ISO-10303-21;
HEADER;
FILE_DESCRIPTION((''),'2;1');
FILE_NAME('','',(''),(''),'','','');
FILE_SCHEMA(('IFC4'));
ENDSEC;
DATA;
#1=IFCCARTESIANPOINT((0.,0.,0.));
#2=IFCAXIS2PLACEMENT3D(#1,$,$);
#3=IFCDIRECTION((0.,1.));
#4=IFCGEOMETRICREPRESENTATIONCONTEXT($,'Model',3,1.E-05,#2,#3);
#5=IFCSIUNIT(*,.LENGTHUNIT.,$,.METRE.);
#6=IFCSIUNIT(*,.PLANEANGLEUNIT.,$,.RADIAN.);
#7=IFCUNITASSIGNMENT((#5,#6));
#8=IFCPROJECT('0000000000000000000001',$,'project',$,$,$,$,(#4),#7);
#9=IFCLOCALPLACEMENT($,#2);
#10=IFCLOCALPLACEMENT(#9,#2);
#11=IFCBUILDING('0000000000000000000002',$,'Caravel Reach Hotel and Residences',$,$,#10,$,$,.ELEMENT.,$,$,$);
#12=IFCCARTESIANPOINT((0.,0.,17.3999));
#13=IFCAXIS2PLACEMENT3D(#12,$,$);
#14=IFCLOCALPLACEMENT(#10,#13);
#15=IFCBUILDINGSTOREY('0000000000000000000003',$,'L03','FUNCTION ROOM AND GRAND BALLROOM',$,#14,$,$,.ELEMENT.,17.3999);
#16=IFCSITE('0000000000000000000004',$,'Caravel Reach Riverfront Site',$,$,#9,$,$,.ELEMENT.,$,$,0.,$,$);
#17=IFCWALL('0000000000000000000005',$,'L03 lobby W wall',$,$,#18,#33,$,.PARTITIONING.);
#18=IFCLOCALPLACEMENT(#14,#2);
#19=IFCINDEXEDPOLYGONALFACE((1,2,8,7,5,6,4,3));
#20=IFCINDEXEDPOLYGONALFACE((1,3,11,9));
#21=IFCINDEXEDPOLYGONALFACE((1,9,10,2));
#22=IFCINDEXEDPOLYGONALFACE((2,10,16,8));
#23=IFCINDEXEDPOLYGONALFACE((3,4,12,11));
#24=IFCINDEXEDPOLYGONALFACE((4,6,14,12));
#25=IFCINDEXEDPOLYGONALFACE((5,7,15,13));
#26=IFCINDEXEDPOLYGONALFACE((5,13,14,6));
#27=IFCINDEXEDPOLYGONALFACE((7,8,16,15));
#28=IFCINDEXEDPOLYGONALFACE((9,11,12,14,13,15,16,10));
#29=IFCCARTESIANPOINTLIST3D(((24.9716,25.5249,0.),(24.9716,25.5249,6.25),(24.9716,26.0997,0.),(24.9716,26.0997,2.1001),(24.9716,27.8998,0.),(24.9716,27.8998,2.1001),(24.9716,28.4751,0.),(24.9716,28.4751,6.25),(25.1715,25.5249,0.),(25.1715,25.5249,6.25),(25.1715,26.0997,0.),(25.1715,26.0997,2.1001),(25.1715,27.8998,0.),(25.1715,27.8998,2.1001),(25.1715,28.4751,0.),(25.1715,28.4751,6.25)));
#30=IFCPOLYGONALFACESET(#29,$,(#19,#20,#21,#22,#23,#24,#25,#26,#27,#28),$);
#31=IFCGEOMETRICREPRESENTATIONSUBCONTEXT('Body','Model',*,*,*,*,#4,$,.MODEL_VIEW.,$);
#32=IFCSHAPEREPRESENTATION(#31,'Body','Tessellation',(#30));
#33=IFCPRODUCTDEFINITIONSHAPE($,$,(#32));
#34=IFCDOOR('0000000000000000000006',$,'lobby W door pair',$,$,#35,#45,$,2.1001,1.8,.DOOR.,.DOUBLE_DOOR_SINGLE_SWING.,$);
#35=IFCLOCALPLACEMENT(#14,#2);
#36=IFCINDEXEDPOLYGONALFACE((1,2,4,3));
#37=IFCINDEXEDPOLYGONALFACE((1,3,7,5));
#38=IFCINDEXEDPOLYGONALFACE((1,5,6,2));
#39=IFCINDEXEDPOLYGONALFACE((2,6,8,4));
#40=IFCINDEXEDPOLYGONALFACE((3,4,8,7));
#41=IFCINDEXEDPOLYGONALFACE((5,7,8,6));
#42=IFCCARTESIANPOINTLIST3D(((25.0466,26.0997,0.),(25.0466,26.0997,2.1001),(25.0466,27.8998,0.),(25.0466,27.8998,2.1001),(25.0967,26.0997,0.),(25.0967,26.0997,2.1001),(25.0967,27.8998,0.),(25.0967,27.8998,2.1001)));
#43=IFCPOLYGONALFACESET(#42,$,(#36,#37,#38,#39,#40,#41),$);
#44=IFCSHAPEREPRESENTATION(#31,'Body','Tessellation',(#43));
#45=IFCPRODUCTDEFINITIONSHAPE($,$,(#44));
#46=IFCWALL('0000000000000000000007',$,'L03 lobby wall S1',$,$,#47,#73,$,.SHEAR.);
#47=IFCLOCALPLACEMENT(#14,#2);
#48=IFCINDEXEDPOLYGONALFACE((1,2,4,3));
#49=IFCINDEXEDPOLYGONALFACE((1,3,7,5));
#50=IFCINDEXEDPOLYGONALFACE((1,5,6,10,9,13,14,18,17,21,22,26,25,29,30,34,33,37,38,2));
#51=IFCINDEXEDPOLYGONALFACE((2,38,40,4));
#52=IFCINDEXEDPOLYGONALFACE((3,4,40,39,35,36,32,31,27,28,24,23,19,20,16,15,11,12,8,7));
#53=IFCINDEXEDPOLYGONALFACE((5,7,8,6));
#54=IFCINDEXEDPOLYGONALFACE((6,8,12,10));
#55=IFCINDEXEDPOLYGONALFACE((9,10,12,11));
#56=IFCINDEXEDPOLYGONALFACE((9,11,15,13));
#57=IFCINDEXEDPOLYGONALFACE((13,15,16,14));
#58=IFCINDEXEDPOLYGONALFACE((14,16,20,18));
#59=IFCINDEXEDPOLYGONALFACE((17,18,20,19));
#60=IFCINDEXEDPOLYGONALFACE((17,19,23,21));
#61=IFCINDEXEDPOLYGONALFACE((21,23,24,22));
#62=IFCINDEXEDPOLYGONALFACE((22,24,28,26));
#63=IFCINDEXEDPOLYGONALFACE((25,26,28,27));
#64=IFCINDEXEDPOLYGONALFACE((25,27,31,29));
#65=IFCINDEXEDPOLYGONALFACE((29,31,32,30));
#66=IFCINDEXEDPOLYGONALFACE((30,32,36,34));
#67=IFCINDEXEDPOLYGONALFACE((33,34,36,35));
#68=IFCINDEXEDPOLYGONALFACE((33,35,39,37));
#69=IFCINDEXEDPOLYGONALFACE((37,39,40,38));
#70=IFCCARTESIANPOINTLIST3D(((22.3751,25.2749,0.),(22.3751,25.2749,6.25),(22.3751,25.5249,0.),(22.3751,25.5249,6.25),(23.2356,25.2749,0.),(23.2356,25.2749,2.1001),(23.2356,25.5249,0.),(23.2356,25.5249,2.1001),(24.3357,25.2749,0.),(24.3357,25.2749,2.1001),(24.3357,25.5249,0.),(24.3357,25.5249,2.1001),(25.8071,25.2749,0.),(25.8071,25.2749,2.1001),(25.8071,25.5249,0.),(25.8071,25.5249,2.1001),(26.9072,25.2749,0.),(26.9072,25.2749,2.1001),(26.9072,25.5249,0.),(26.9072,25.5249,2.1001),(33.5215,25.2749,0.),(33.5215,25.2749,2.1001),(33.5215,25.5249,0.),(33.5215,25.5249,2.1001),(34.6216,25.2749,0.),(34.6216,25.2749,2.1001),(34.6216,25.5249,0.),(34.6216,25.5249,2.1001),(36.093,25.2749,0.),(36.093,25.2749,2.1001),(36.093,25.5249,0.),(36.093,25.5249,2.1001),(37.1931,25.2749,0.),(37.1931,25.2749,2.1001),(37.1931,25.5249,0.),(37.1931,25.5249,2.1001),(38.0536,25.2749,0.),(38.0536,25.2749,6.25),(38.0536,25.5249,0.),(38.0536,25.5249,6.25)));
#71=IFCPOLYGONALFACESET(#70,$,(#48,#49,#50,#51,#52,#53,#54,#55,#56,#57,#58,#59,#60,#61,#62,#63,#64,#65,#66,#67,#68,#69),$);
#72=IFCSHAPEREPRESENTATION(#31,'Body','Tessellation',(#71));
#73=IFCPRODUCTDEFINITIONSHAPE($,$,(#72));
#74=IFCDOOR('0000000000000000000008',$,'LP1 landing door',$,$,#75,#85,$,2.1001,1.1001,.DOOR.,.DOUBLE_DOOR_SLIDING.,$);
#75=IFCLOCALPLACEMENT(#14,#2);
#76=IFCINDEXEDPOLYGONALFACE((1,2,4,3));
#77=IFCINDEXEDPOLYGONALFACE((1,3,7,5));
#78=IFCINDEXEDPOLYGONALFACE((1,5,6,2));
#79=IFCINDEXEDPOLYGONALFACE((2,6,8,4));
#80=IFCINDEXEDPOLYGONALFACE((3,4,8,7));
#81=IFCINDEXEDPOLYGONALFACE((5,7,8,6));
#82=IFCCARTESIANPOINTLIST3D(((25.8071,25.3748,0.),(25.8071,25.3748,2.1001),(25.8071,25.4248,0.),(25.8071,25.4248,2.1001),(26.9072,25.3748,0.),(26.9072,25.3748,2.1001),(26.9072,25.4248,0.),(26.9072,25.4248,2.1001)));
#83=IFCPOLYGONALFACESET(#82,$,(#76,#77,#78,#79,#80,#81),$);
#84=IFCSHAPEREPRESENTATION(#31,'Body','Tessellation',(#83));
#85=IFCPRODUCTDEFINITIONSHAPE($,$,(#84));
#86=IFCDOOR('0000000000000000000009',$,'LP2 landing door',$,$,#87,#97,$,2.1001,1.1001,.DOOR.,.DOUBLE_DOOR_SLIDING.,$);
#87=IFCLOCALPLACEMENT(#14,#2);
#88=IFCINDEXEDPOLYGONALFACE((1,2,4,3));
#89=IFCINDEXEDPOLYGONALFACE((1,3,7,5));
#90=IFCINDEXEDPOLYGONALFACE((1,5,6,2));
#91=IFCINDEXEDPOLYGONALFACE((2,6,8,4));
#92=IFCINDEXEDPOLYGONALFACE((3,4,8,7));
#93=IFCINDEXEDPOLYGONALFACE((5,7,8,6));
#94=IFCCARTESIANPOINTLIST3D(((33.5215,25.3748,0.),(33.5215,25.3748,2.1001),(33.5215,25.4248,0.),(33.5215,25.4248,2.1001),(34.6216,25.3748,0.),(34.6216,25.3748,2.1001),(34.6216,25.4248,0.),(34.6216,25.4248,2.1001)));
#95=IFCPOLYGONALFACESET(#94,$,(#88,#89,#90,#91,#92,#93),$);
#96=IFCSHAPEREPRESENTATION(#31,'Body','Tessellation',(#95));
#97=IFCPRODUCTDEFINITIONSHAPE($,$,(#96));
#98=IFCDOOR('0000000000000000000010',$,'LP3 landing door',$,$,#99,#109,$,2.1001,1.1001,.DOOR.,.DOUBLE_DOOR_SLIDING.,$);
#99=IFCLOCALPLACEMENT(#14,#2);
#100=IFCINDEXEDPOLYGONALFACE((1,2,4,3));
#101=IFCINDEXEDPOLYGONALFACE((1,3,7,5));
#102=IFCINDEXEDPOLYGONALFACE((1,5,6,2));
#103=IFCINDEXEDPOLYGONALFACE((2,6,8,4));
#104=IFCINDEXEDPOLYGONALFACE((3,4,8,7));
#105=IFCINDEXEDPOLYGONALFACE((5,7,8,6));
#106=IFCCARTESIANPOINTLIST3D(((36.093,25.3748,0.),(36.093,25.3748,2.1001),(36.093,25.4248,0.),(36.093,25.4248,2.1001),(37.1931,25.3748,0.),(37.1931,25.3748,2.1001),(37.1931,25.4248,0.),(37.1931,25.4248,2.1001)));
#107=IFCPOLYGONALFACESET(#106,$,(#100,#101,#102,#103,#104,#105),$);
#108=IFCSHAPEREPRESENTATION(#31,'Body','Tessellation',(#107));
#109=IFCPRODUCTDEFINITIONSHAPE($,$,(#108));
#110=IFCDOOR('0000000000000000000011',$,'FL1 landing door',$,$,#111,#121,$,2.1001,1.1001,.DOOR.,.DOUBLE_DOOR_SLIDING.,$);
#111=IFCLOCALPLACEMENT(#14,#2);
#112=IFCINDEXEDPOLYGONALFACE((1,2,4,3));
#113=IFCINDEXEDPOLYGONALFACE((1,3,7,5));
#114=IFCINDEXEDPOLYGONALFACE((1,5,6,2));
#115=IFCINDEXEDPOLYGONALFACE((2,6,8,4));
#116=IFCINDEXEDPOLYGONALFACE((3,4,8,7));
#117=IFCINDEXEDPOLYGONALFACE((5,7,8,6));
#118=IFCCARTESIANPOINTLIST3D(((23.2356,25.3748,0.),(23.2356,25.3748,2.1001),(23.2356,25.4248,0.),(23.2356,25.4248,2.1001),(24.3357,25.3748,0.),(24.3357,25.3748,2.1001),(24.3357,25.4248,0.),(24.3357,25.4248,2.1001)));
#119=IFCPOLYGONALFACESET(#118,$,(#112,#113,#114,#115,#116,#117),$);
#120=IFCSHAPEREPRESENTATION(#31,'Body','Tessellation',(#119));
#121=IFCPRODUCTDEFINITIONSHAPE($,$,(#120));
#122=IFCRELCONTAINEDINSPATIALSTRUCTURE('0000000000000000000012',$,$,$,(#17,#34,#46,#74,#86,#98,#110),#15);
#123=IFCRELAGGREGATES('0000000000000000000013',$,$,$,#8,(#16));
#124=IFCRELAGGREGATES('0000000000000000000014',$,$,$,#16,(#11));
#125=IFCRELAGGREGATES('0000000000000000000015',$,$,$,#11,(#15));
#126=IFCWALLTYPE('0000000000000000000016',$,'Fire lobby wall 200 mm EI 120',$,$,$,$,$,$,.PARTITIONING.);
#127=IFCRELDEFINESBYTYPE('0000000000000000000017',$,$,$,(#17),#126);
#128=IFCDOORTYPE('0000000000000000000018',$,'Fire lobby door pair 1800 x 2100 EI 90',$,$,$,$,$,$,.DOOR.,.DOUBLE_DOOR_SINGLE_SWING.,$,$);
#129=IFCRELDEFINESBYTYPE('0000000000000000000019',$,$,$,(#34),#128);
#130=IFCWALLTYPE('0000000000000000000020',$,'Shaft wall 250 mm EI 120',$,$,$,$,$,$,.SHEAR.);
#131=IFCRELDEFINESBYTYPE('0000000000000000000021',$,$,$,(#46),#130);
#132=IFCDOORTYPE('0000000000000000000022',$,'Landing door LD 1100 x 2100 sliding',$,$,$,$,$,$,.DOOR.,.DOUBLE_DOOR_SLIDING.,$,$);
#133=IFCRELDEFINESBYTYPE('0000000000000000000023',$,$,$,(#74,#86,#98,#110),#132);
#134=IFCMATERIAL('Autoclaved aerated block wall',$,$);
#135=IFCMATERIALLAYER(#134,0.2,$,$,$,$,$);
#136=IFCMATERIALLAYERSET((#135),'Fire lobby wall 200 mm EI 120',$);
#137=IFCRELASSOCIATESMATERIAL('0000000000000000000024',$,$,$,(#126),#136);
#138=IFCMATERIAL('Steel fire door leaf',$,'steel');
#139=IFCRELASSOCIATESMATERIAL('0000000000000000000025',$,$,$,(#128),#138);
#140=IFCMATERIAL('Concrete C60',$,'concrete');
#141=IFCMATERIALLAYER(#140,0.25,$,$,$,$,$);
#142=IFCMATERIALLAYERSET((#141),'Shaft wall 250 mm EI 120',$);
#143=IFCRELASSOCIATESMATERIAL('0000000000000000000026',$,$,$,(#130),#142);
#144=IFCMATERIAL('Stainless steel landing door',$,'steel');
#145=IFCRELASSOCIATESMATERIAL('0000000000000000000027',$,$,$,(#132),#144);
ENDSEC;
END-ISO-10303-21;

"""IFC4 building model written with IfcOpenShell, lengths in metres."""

from ifc_helpers import new_model, si_unit, direction, frame, frame_2d, origin, place, context, subcontext, project, spatial, rectangle, extrude, material, layer, layer_set, type_object, element, fill, save


model = new_model("IFC4")

# Units and contexts
model_context = context("Model", 3, precision=1e-05, world=origin(), true_north=direction((0.0, 1.0)))
body_context = subcontext(model_context, "Body", "Model", "MODEL_VIEW")
ifc_project = project(units=[si_unit("LENGTHUNIT", "METRE"), si_unit("PLANEANGLEUNIT", "RADIAN")], contexts=[model_context])

# Site, building, storey
site_placement = place(None, origin())
site = spatial("IfcSite", under=ifc_project, at=site_placement, Name="Caravel Reach Riverfront Site", CompositionType="ELEMENT", RefElevation=0.0)
building_placement = place(site_placement, origin())
building = spatial("IfcBuilding", under=site, at=building_placement, Name="Caravel Reach Hotel and Residences", CompositionType="ELEMENT")
storey_placement = place(building_placement, frame((0.0, 0.0, 17.3999)))
storey = spatial("IfcBuildingStorey", under=building, at=storey_placement, Name="L03", Description="FUNCTION ROOM AND GRAND BALLROOM", CompositionType="ELEMENT", Elevation=17.3999)

# Wall, opening, door
ifc_material_1 = material(Name="Autoclaved aerated block wall")
ifc_layer_1 = layer(ifc_material_1, 0.2)
ifc_layer_set_1 = layer_set([ifc_layer_1], Name="Fire lobby wall 200 mm EI 120")
wall_type_1 = type_object("IfcWallType", Name="Fire lobby wall 200 mm EI 120", PredefinedType="PARTITIONING", material=ifc_layer_set_1)
wall_1_placement = place(storey_placement, frame((25.0715, 25.5249, 0.0), z_axis=(0.0, 0.0, 1.0), x_axis=(0.0, 1.0, 0.0)))
wall_1 = element("IfcWall", 1, at=wall_1_placement, inside=storey, type_object=wall_type_1, Name="L03 lobby W wall", PredefinedType="PARTITIONING", context=body_context, shape_type="SweptSolid", body=[
    extrude(rectangle(XDim=2.9502, YDim=0.2, at=frame_2d((1.4751, 0.0))), origin(), (0.0, 0.0, 1.0), 6.25),
])
opening_1_placement = place(wall_1_placement, frame((0.575, 0.0, 0.0)))
opening_1 = element("IfcOpeningElement", 2, at=opening_1_placement, cuts=wall_1, PredefinedType="OPENING", context=body_context, shape_type="SweptSolid", body=[
    extrude(rectangle(XDim=1.8, YDim=2.1001, at=frame_2d((0.8999, 1.05))), frame((0.0, 0.1099, 0.0), z_axis=(0.0, -1.0, 0.0), x_axis=(1.0, 0.0, 0.0)), (0.0, 0.0, 1.0), 0.22),
])
ifc_material_2 = material(Name="Steel fire door leaf", Category="steel")
door_type_1 = type_object("IfcDoorType", Name="Fire lobby door pair 1800 x 2100 EI 90", OperationType="DOUBLE_DOOR_SINGLE_SWING", PredefinedType="DOOR", material=ifc_material_2)
door_1_placement = place(opening_1_placement, origin())
door_1 = element("IfcDoor", 3, at=door_1_placement, inside=storey, type_object=door_type_1, Name="lobby W door pair", OperationType="DOUBLE_DOOR_SINGLE_SWING", OverallHeight=2.1001, OverallWidth=1.8, PredefinedType="DOOR", context=body_context, shape_type="SweptSolid", body=[
    extrude(rectangle(XDim=1.8, YDim=2.1001, at=frame_2d((0.8999, 1.05))), frame((0.0, 0.0249, 0.0), z_axis=(0.0, -1.0, 0.0), x_axis=(1.0, 0.0, 0.0)), (0.0, 0.0, 1.0), 0.05),
])
fill(opening_1, door_1)

# Wall, openings, doors
ifc_material_3 = material(Name="Concrete C60", Category="concrete")
ifc_layer_2 = layer(ifc_material_3, 0.25)
ifc_layer_set_2 = layer_set([ifc_layer_2], Name="Shaft wall 250 mm EI 120")
wall_type_2 = type_object("IfcWallType", Name="Shaft wall 250 mm EI 120", PredefinedType="SHEAR", material=ifc_layer_set_2)
wall_2_placement = place(storey_placement, frame((22.375, 25.3999, 0.0), z_axis=(0.0, 0.0, 1.0), x_axis=(1.0, 0.0, 0.0)))
wall_2 = element("IfcWall", 4, at=wall_2_placement, inside=storey, type_object=wall_type_2, Name="L03 lobby wall S1", PredefinedType="SHEAR", context=body_context, shape_type="SweptSolid", body=[
    extrude(rectangle(XDim=15.6785, YDim=0.25, at=frame_2d((7.8394, 0.0))), origin(), (0.0, 0.0, 1.0), 6.25),
])
opening_2_placement = place(wall_2_placement, frame((3.4321, 0.0, 0.0)))
opening_2 = element("IfcOpeningElement", 5, at=opening_2_placement, cuts=wall_2, PredefinedType="OPENING", context=body_context, shape_type="SweptSolid", body=[
    extrude(rectangle(XDim=1.1001, YDim=2.1001, at=frame_2d((0.55, 1.05))), frame((0.0, 0.135, 0.0), z_axis=(0.0, -1.0, 0.0), x_axis=(1.0, 0.0, 0.0)), (0.0, 0.0, 1.0), 0.27),
])
opening_3_placement = place(wall_2_placement, frame((11.1465, 0.0, 0.0)))
opening_3 = element("IfcOpeningElement", 6, at=opening_3_placement, cuts=wall_2, PredefinedType="OPENING", context=body_context, shape_type="SweptSolid", body=[
    extrude(rectangle(XDim=1.1001, YDim=2.1001, at=frame_2d((0.55, 1.05))), frame((0.0, 0.135, 0.0), z_axis=(0.0, -1.0, 0.0), x_axis=(1.0, 0.0, 0.0)), (0.0, 0.0, 1.0), 0.27),
])
opening_4_placement = place(wall_2_placement, frame((13.718, 0.0, 0.0)))
opening_4 = element("IfcOpeningElement", 7, at=opening_4_placement, cuts=wall_2, PredefinedType="OPENING", context=body_context, shape_type="SweptSolid", body=[
    extrude(rectangle(XDim=1.1001, YDim=2.1001, at=frame_2d((0.55, 1.05))), frame((0.0, 0.135, 0.0), z_axis=(0.0, -1.0, 0.0), x_axis=(1.0, 0.0, 0.0)), (0.0, 0.0, 1.0), 0.27),
])
opening_5_placement = place(wall_2_placement, frame((0.8606, 0.0, 0.0)))
opening_5 = element("IfcOpeningElement", 8, at=opening_5_placement, cuts=wall_2, PredefinedType="OPENING", context=body_context, shape_type="SweptSolid", body=[
    extrude(rectangle(XDim=1.1001, YDim=2.1001, at=frame_2d((0.55, 1.05))), frame((0.0, 0.135, 0.0), z_axis=(0.0, -1.0, 0.0), x_axis=(1.0, 0.0, 0.0)), (0.0, 0.0, 1.0), 0.27),
])
ifc_material_4 = material(Name="Stainless steel landing door", Category="steel")
door_type_2 = type_object("IfcDoorType", Name="Landing door LD 1100 x 2100 sliding", OperationType="DOUBLE_DOOR_SLIDING", PredefinedType="DOOR", material=ifc_material_4)
door_2_placement = place(opening_2_placement, origin())
door_2 = element("IfcDoor", 9, at=door_2_placement, inside=storey, type_object=door_type_2, Name="LP1 landing door", OperationType="DOUBLE_DOOR_SLIDING", OverallHeight=2.1001, OverallWidth=1.1001, PredefinedType="DOOR", context=body_context, shape_type="SweptSolid", body=[
    extrude(rectangle(XDim=1.1001, YDim=2.1001, at=frame_2d((0.55, 1.05))), frame((0.0, 0.0249, 0.0), z_axis=(0.0, -1.0, 0.0), x_axis=(1.0, 0.0, 0.0)), (0.0, 0.0, 1.0), 0.05),
])
fill(opening_2, door_2)
door_3_placement = place(opening_3_placement, origin())
door_3 = element("IfcDoor", 10, at=door_3_placement, inside=storey, type_object=door_type_2, Name="LP2 landing door", OperationType="DOUBLE_DOOR_SLIDING", OverallHeight=2.1001, OverallWidth=1.1001, PredefinedType="DOOR", context=body_context, shape_type="SweptSolid", body=[
    extrude(rectangle(XDim=1.1001, YDim=2.1001, at=frame_2d((0.55, 1.05))), frame((0.0, 0.0249, 0.0), z_axis=(0.0, -1.0, 0.0), x_axis=(1.0, 0.0, 0.0)), (0.0, 0.0, 1.0), 0.05),
])
fill(opening_3, door_3)
door_4_placement = place(opening_4_placement, origin())
door_4 = element("IfcDoor", 11, at=door_4_placement, inside=storey, type_object=door_type_2, Name="LP3 landing door", OperationType="DOUBLE_DOOR_SLIDING", OverallHeight=2.1001, OverallWidth=1.1001, PredefinedType="DOOR", context=body_context, shape_type="SweptSolid", body=[
    extrude(rectangle(XDim=1.1001, YDim=2.1001, at=frame_2d((0.55, 1.05))), frame((0.0, 0.0249, 0.0), z_axis=(0.0, -1.0, 0.0), x_axis=(1.0, 0.0, 0.0)), (0.0, 0.0, 1.0), 0.05),
])
fill(opening_4, door_4)
door_5_placement = place(opening_5_placement, origin())
door_5 = element("IfcDoor", 12, at=door_5_placement, inside=storey, type_object=door_type_2, Name="FL1 landing door", OperationType="DOUBLE_DOOR_SLIDING", OverallHeight=2.1001, OverallWidth=1.1001, PredefinedType="DOOR", context=body_context, shape_type="SweptSolid", body=[
    extrude(rectangle(XDim=1.1001, YDim=2.1001, at=frame_2d((0.55, 1.05))), frame((0.0, 0.0249, 0.0), z_axis=(0.0, -1.0, 0.0), x_axis=(1.0, 0.0, 0.0)), (0.0, 0.0, 1.0), 0.05),
])
fill(opening_5, door_5)

save(model, "model.ifc")
